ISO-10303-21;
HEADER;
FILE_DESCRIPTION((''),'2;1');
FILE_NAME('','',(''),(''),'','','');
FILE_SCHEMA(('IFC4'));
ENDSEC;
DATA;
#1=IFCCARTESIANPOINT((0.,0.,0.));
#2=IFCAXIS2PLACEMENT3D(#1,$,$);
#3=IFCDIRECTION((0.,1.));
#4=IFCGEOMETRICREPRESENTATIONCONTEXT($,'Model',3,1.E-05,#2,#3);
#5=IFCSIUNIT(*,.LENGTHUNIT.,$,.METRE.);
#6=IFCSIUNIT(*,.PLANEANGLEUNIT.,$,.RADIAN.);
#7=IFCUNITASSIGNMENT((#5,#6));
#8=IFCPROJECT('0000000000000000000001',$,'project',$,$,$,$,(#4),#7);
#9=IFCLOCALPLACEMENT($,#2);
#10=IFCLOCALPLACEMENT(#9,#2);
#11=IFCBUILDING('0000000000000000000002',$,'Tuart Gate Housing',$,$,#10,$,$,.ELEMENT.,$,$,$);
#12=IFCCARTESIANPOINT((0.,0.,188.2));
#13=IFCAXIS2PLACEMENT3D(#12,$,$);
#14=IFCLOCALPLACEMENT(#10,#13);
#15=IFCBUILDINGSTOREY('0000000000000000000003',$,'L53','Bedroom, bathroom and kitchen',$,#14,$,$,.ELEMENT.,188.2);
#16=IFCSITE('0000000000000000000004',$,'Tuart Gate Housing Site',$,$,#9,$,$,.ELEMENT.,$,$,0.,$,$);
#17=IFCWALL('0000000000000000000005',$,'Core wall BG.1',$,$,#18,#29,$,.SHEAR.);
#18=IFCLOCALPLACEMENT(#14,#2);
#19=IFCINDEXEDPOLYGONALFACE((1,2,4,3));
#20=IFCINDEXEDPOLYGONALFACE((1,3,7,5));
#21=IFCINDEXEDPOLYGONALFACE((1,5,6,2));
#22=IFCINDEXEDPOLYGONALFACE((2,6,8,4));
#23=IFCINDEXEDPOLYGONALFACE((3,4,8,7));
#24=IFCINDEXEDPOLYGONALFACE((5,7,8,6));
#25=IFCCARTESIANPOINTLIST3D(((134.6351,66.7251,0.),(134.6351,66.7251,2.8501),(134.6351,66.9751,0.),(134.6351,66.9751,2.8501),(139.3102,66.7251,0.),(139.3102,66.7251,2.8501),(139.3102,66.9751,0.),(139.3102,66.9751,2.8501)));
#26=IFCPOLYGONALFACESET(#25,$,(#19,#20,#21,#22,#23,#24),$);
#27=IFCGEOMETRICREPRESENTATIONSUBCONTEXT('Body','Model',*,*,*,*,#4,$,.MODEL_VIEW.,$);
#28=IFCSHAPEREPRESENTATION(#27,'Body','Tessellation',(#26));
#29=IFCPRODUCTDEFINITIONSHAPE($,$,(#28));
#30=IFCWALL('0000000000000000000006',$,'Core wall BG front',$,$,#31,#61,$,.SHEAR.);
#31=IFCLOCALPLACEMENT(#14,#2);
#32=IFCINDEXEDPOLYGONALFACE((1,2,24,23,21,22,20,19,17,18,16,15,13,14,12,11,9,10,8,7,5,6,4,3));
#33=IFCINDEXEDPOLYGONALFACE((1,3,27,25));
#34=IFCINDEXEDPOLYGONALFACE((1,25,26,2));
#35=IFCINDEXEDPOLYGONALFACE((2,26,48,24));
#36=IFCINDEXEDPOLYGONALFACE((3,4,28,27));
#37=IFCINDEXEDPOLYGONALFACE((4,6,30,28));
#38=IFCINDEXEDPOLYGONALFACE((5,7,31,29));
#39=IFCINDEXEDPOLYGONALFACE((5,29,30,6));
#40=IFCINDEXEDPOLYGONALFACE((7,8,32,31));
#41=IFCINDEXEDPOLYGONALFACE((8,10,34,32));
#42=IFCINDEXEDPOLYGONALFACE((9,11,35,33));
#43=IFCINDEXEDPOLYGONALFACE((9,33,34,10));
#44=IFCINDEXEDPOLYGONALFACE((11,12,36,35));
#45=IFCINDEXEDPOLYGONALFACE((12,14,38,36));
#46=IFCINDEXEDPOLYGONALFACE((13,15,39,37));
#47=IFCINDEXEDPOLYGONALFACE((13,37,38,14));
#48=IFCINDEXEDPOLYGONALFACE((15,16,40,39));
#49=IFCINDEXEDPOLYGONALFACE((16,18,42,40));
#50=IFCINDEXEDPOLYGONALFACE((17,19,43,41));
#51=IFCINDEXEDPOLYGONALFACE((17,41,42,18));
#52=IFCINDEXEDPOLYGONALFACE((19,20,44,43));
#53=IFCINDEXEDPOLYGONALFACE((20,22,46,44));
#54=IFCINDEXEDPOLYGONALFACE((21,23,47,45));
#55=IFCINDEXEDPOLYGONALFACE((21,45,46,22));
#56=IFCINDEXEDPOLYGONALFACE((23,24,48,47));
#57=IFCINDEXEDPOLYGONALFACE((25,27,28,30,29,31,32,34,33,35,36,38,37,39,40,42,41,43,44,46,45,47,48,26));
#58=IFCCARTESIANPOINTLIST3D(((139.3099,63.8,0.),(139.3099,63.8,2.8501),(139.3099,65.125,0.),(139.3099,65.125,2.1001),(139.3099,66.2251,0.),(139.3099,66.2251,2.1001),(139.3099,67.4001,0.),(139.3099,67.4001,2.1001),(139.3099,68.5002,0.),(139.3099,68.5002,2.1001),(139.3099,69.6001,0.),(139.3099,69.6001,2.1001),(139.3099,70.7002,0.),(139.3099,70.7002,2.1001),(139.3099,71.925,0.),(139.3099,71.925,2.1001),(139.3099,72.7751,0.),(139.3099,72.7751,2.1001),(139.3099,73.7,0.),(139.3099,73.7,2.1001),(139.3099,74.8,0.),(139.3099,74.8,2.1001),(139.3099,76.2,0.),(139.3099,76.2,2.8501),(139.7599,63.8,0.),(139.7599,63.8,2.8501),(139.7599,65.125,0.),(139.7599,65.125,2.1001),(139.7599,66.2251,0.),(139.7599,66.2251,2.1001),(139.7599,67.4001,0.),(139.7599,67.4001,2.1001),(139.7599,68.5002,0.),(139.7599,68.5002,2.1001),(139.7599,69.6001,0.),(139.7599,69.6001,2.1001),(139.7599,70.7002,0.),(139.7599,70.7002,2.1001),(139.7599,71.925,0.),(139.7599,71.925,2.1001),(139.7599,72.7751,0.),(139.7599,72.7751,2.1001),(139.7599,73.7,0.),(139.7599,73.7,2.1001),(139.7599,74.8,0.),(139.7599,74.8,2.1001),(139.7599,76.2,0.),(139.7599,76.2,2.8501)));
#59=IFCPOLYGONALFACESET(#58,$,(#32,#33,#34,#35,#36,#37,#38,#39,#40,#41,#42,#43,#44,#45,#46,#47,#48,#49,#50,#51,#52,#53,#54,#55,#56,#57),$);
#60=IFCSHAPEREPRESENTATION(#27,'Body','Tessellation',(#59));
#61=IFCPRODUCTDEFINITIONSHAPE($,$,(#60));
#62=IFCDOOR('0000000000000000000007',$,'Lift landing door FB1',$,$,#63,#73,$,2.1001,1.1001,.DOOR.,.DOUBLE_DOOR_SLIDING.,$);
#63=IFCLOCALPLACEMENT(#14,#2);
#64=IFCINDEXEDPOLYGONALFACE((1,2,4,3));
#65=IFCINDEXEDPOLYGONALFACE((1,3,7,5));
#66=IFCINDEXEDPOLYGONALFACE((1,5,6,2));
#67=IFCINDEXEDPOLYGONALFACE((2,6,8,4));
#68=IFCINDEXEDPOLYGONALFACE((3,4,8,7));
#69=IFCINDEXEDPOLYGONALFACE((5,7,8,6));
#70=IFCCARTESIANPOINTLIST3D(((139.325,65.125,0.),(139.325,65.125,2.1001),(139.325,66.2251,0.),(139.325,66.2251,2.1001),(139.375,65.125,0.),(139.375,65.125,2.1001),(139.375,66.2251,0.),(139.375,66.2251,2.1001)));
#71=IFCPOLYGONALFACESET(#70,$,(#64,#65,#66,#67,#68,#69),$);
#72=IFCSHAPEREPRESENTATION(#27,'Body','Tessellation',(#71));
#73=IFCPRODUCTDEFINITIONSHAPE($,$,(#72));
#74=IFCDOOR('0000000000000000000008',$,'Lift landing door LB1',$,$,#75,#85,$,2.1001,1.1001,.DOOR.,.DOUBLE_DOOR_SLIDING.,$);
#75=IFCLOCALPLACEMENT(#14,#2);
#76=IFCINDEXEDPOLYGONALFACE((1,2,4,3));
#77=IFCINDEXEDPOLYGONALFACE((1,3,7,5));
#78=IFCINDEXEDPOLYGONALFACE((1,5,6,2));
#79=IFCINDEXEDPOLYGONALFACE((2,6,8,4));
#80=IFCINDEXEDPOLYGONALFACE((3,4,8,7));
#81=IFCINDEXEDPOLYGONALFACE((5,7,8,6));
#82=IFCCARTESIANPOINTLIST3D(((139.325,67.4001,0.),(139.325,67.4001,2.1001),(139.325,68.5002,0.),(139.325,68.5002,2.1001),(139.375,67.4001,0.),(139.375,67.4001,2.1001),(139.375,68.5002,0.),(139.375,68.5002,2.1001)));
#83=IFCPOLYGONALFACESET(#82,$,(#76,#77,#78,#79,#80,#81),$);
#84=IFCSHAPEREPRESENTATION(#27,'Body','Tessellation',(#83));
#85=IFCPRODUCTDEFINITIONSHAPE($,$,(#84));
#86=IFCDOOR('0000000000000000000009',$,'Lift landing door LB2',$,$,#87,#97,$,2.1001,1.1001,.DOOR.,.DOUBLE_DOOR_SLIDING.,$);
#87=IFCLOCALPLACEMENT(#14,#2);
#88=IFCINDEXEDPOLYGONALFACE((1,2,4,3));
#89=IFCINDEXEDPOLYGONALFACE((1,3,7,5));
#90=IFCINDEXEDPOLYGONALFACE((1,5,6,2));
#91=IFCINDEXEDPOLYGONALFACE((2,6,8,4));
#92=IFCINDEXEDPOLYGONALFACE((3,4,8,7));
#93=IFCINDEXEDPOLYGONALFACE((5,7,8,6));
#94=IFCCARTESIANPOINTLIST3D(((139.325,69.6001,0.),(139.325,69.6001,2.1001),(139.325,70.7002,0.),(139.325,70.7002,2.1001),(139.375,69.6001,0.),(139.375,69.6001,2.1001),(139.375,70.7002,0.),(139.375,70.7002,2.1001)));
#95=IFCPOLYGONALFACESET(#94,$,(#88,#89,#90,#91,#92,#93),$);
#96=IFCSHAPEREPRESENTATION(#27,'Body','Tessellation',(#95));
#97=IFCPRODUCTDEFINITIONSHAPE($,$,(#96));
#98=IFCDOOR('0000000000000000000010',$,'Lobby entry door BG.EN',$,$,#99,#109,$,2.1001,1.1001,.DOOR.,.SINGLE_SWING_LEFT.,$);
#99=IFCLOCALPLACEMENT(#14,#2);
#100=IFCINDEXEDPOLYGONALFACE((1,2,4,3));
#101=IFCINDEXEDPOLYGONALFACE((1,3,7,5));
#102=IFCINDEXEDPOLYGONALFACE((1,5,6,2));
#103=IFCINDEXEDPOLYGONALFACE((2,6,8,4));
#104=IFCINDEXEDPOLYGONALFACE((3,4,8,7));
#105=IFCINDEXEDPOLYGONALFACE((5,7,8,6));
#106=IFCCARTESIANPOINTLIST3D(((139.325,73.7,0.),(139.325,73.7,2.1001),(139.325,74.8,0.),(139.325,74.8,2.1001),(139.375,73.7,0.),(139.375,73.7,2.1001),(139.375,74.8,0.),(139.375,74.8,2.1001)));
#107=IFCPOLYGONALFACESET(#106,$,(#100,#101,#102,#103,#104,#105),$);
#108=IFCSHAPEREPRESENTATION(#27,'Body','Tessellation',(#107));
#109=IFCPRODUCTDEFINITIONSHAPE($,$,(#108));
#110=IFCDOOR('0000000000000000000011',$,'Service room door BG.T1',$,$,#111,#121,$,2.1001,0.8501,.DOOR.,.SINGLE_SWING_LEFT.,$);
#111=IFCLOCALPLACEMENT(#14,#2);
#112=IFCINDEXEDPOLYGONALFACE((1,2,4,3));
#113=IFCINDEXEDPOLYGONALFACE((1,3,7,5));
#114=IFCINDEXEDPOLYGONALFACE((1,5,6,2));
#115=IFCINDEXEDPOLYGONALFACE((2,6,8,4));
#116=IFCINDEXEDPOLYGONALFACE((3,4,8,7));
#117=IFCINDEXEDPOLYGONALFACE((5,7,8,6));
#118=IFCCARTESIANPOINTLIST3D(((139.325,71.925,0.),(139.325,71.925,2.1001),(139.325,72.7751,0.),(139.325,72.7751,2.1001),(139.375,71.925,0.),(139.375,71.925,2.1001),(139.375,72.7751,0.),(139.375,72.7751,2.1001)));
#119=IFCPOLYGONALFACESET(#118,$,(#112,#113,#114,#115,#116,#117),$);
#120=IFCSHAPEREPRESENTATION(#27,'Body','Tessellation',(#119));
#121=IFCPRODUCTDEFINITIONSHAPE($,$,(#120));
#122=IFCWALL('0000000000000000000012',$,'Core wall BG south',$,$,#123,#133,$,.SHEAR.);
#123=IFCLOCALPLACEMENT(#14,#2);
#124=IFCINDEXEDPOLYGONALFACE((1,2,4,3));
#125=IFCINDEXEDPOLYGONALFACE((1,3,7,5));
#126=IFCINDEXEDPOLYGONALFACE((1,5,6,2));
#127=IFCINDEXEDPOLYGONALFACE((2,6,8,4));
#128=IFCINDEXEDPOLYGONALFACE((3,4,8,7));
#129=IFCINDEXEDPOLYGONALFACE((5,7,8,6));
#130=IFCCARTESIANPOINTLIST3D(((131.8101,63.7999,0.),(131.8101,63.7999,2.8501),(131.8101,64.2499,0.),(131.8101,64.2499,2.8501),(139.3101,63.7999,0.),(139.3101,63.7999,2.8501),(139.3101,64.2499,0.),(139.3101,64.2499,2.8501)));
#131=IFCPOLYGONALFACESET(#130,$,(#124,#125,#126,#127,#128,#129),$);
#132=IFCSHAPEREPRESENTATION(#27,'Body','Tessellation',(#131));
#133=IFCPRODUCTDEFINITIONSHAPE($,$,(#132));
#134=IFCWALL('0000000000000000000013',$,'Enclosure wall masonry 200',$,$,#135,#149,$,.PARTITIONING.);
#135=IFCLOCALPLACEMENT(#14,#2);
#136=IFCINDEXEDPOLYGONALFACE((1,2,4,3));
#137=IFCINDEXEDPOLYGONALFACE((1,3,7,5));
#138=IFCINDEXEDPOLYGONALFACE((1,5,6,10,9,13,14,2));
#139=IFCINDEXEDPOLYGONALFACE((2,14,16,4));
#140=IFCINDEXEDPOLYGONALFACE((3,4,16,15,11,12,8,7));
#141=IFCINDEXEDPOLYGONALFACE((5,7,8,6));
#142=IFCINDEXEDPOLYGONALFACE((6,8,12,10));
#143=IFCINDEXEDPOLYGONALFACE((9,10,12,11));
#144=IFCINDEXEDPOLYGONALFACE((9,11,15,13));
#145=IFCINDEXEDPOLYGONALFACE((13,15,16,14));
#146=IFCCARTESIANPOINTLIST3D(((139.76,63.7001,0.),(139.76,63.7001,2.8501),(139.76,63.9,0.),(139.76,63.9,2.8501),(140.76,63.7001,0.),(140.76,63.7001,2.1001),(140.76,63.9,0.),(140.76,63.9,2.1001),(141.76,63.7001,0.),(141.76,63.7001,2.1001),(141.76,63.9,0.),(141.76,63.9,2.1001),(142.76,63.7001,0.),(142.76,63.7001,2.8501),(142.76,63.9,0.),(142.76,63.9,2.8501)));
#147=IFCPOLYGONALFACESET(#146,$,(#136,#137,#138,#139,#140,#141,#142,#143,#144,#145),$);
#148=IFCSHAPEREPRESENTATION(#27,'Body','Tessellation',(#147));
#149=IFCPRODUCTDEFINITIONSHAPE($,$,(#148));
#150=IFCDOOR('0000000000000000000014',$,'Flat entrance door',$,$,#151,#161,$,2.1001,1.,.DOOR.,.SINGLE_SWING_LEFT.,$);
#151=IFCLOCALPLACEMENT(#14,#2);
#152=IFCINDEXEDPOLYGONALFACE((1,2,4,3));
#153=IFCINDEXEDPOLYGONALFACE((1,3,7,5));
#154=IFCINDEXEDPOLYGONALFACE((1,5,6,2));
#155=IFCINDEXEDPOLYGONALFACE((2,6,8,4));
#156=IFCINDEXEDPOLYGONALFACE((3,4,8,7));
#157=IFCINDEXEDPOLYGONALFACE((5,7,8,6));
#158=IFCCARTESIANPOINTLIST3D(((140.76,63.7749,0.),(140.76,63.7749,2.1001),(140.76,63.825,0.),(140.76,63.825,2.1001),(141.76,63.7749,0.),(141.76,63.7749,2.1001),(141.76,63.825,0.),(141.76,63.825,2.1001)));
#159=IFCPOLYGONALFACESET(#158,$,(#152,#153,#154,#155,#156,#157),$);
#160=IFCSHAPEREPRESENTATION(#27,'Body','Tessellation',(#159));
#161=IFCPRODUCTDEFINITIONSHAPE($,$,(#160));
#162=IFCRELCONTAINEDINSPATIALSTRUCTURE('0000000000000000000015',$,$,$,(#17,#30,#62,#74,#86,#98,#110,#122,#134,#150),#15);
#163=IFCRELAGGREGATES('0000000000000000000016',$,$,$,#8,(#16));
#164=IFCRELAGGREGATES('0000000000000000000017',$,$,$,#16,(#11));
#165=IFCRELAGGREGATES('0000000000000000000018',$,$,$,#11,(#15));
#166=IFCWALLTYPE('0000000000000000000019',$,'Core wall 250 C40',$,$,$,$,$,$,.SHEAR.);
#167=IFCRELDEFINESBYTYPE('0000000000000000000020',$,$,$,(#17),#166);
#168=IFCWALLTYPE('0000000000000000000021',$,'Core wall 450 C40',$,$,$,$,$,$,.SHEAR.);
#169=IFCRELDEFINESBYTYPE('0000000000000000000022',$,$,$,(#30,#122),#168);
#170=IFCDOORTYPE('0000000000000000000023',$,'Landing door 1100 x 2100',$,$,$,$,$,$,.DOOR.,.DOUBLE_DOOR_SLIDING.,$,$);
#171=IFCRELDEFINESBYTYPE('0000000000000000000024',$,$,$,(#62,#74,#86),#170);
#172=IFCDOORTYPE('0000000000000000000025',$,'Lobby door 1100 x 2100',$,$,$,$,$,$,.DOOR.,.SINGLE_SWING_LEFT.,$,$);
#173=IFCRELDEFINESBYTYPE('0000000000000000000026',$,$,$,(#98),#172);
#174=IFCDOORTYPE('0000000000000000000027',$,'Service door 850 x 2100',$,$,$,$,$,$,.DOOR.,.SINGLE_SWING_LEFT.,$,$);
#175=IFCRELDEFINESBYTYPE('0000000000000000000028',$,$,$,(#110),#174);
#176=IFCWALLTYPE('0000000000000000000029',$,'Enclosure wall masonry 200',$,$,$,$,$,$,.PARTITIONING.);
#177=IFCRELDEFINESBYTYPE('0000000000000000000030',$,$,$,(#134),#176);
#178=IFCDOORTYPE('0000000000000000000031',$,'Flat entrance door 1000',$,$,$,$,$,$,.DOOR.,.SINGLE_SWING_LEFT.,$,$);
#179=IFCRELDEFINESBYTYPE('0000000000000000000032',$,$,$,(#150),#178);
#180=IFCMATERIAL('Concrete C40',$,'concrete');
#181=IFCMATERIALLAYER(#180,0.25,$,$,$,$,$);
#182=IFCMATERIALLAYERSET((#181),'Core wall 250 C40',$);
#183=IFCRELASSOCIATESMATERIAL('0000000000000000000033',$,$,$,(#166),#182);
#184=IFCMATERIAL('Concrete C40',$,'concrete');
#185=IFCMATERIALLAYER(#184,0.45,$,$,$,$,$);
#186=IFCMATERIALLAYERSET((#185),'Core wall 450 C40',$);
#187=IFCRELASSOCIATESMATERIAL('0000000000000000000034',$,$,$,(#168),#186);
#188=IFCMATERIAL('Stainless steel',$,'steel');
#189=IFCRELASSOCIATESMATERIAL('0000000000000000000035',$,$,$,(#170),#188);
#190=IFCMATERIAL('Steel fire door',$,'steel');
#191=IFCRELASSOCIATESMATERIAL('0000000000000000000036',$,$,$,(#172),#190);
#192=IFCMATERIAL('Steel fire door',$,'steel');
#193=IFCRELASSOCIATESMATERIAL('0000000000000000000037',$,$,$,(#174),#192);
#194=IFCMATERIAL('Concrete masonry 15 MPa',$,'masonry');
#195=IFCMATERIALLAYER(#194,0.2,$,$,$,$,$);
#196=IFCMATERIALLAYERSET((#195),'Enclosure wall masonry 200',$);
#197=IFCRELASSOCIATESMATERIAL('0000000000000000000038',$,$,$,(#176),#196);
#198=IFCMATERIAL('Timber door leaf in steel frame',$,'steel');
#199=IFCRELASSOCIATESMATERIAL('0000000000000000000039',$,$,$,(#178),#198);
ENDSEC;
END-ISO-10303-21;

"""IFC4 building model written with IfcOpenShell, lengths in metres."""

from ifc_helpers import new_model, si_unit, direction, frame, frame_2d, origin, place, context, subcontext, project, spatial, rectangle, extrude, material, layer, layer_set, type_object, element, fill, save


model = new_model("IFC4")

# Units and contexts
model_context = context("Model", 3, precision=1e-05, world=origin(), true_north=direction((0.0, 1.0)))
body_context = subcontext(model_context, "Body", "Model", "MODEL_VIEW")
ifc_project = project(units=[si_unit("LENGTHUNIT", "METRE"), si_unit("PLANEANGLEUNIT", "RADIAN")], contexts=[model_context])

# Site, building, storey
site_placement = place(None, origin())
site = spatial("IfcSite", under=ifc_project, at=site_placement, Name="Tuart Gate Housing Site", CompositionType="ELEMENT", RefElevation=0.0)
building_placement = place(site_placement, origin())
building = spatial("IfcBuilding", under=site, at=building_placement, Name="Tuart Gate Housing", CompositionType="ELEMENT")
storey_placement = place(building_placement, frame((0.0, 0.0, 188.2)))
storey = spatial("IfcBuildingStorey", under=building, at=storey_placement, Name="L53", Description="Bedroom, bathroom and kitchen", CompositionType="ELEMENT", Elevation=188.2)

# Wall
ifc_material_1 = material(Name="Concrete C40", Category="concrete")
ifc_layer_1 = layer(ifc_material_1, 0.25)
ifc_layer_set_1 = layer_set([ifc_layer_1], Name="Core wall 250 C40")
wall_type_1 = type_object("IfcWallType", Name="Core wall 250 C40", PredefinedType="SHEAR", material=ifc_layer_set_1)
wall_1_placement = place(storey_placement, frame((139.3101, 66.8501, 0.0), z_axis=(0.0, 0.0, 1.0), x_axis=(-1.0, 0.0, 0.0)))
element("IfcWall", 1, at=wall_1_placement, inside=storey, type_object=wall_type_1, Name="Core wall BG.1", PredefinedType="SHEAR", context=body_context, shape_type="SweptSolid", body=[
    extrude(rectangle(XDim=4.675, YDim=0.25, at=frame_2d((2.3374, 0.0))), origin(), (0.0, 0.0, 1.0), 2.8501),
])

# Wall, openings, doors
ifc_material_2 = material(Name="Concrete C40", Category="concrete")
ifc_layer_2 = layer(ifc_material_2, 0.45)
ifc_layer_set_2 = layer_set([ifc_layer_2], Name="Core wall 450 C40")
wall_type_2 = type_object("IfcWallType", Name="Core wall 450 C40", PredefinedType="SHEAR", material=ifc_layer_set_2)
wall_2_placement = place(storey_placement, frame((139.5349, 63.8, 0.0), z_axis=(0.0, 0.0, 1.0), x_axis=(0.0, 1.0, 0.0)))
wall_2 = element("IfcWall", 2, at=wall_2_placement, inside=storey, type_object=wall_type_2, Name="Core wall BG front", PredefinedType="SHEAR", context=body_context, shape_type="SweptSolid", body=[
    extrude(rectangle(XDim=12.3999, YDim=0.45, at=frame_2d((6.2, 0.0))), origin(), (0.0, 0.0, 1.0), 2.8501),
])
opening_1_placement = place(wall_2_placement, frame((1.325, 0.0, 0.0)))
opening_1 = element("IfcOpeningElement", 3, at=opening_1_placement, cuts=wall_2, PredefinedType="OPENING", context=body_context, shape_type="SweptSolid", body=[
    extrude(rectangle(XDim=1.1001, YDim=2.1001, at=frame_2d((0.55, 1.05))), frame((0.0, 0.2349, 0.0), z_axis=(0.0, -1.0, 0.0), x_axis=(1.0, 0.0, 0.0)), (0.0, 0.0, 1.0), 0.47),
])
opening_2_placement = place(wall_2_placement, frame((3.6001, 0.0, 0.0)))
opening_2 = element("IfcOpeningElement", 4, at=opening_2_placement, cuts=wall_2, PredefinedType="OPENING", context=body_context, shape_type="SweptSolid", body=[
    extrude(rectangle(XDim=1.1001, YDim=2.1001, at=frame_2d((0.55, 1.05))), frame((0.0, 0.2349, 0.0), z_axis=(0.0, -1.0, 0.0), x_axis=(1.0, 0.0, 0.0)), (0.0, 0.0, 1.0), 0.47),
])
opening_3_placement = place(wall_2_placement, frame((5.8, 0.0, 0.0)))
opening_3 = element("IfcOpeningElement", 5, at=opening_3_placement, cuts=wall_2, PredefinedType="OPENING", context=body_context, shape_type="SweptSolid", body=[
    extrude(rectangle(XDim=1.1001, YDim=2.1001, at=frame_2d((0.55, 1.05))), frame((0.0, 0.2349, 0.0), z_axis=(0.0, -1.0, 0.0), x_axis=(1.0, 0.0, 0.0)), (0.0, 0.0, 1.0), 0.47),
])
opening_4_placement = place(wall_2_placement, frame((9.8999, 0.0, 0.0)))
opening_4 = element("IfcOpeningElement", 6, at=opening_4_placement, cuts=wall_2, PredefinedType="OPENING", context=body_context, shape_type="SweptSolid", body=[
    extrude(rectangle(XDim=1.1001, YDim=2.1001, at=frame_2d((0.55, 1.05))), frame((0.0, 0.2349, 0.0), z_axis=(0.0, -1.0, 0.0), x_axis=(1.0, 0.0, 0.0)), (0.0, 0.0, 1.0), 0.47),
])
opening_5_placement = place(wall_2_placement, frame((8.125, 0.0, 0.0)))
opening_5 = element("IfcOpeningElement", 7, at=opening_5_placement, cuts=wall_2, PredefinedType="OPENING", context=body_context, shape_type="SweptSolid", body=[
    extrude(rectangle(XDim=0.8501, YDim=2.1001, at=frame_2d((0.425, 1.05))), frame((0.0, 0.2349, 0.0), z_axis=(0.0, -1.0, 0.0), x_axis=(1.0, 0.0, 0.0)), (0.0, 0.0, 1.0), 0.47),
])
ifc_material_3 = material(Name="Stainless steel", Category="steel")
door_type_1 = type_object("IfcDoorType", Name="Landing door 1100 x 2100", OperationType="DOUBLE_DOOR_SLIDING", PredefinedType="DOOR", material=ifc_material_3)
door_1_placement = place(opening_1_placement, origin())
door_1 = element("IfcDoor", 8, at=door_1_placement, inside=storey, type_object=door_type_1, Name="Lift landing door FB1", OperationType="DOUBLE_DOOR_SLIDING", OverallHeight=2.1001, OverallWidth=1.1001, PredefinedType="DOOR", context=body_context, shape_type="SweptSolid", body=[
    extrude(rectangle(XDim=1.1001, YDim=2.1001, at=frame_2d((0.55, 1.05))), frame((0.0, 0.21, 0.0), z_axis=(0.0, -1.0, 0.0), x_axis=(1.0, 0.0, 0.0)), (0.0, 0.0, 1.0), 0.05),
])
fill(opening_1, door_1)
door_2_placement = place(opening_2_placement, origin())
door_2 = element("IfcDoor", 9, at=door_2_placement, inside=storey, type_object=door_type_1, Name="Lift landing door LB1", OperationType="DOUBLE_DOOR_SLIDING", OverallHeight=2.1001, OverallWidth=1.1001, PredefinedType="DOOR", context=body_context, shape_type="SweptSolid", body=[
    extrude(rectangle(XDim=1.1001, YDim=2.1001, at=frame_2d((0.55, 1.05))), frame((0.0, 0.21, 0.0), z_axis=(0.0, -1.0, 0.0), x_axis=(1.0, 0.0, 0.0)), (0.0, 0.0, 1.0), 0.05),
])
fill(opening_2, door_2)
door_3_placement = place(opening_3_placement, origin())
door_3 = element("IfcDoor", 10, at=door_3_placement, inside=storey, type_object=door_type_1, Name="Lift landing door LB2", OperationType="DOUBLE_DOOR_SLIDING", OverallHeight=2.1001, OverallWidth=1.1001, PredefinedType="DOOR", context=body_context, shape_type="SweptSolid", body=[
    extrude(rectangle(XDim=1.1001, YDim=2.1001, at=frame_2d((0.55, 1.05))), frame((0.0, 0.21, 0.0), z_axis=(0.0, -1.0, 0.0), x_axis=(1.0, 0.0, 0.0)), (0.0, 0.0, 1.0), 0.05),
])
fill(opening_3, door_3)
ifc_material_4 = material(Name="Steel fire door", Category="steel")
door_type_2 = type_object("IfcDoorType", Name="Lobby door 1100 x 2100", OperationType="SINGLE_SWING_LEFT", PredefinedType="DOOR", material=ifc_material_4)
door_4_placement = place(opening_4_placement, origin())
door_4 = element("IfcDoor", 11, at=door_4_placement, inside=storey, type_object=door_type_2, Name="Lobby entry door BG.EN", OperationType="SINGLE_SWING_LEFT", OverallHeight=2.1001, OverallWidth=1.1001, PredefinedType="DOOR", context=body_context, shape_type="SweptSolid", body=[
    extrude(rectangle(XDim=1.1001, YDim=2.1001, at=frame_2d((0.55, 1.05))), frame((0.0, 0.21, 0.0), z_axis=(0.0, -1.0, 0.0), x_axis=(1.0, 0.0, 0.0)), (0.0, 0.0, 1.0), 0.05),
])
fill(opening_4, door_4)
ifc_material_5 = material(Name="Steel fire door", Category="steel")
door_type_3 = type_object("IfcDoorType", Name="Service door 850 x 2100", OperationType="SINGLE_SWING_LEFT", PredefinedType="DOOR", material=ifc_material_5)
door_5_placement = place(opening_5_placement, origin())
door_5 = element("IfcDoor", 12, at=door_5_placement, inside=storey, type_object=door_type_3, Name="Service room door BG.T1", OperationType="SINGLE_SWING_LEFT", OverallHeight=2.1001, OverallWidth=0.8501, PredefinedType="DOOR", context=body_context, shape_type="SweptSolid", body=[
    extrude(rectangle(XDim=0.8501, YDim=2.1001, at=frame_2d((0.425, 1.05))), frame((0.0, 0.21, 0.0), z_axis=(0.0, -1.0, 0.0), x_axis=(1.0, 0.0, 0.0)), (0.0, 0.0, 1.0), 0.05),
])
fill(opening_5, door_5)

# Wall
wall_3_placement = place(storey_placement, frame((139.3101, 64.0249, 0.0), z_axis=(0.0, 0.0, 1.0), x_axis=(-1.0, 0.0, 0.0)))
element("IfcWall", 13, at=wall_3_placement, inside=storey, type_object=wall_type_2, Name="Core wall BG south", PredefinedType="SHEAR", context=body_context, shape_type="SweptSolid", body=[
    extrude(rectangle(XDim=7.5, YDim=0.45, at=frame_2d((3.75, 0.0))), origin(), (0.0, 0.0, 1.0), 2.8501),
])

# Wall, opening, door
ifc_material_6 = material(Name="Concrete masonry 15 MPa", Category="masonry")
ifc_layer_3 = layer(ifc_material_6, 0.2)
ifc_layer_set_3 = layer_set([ifc_layer_3], Name="Enclosure wall masonry 200")
wall_type_3 = type_object("IfcWallType", Name="Enclosure wall masonry 200", PredefinedType="PARTITIONING", material=ifc_layer_set_3)
wall_4_placement = place(storey_placement, frame((139.76, 63.8, 0.0), z_axis=(0.0, 0.0, 1.0), x_axis=(1.0, 0.0, 0.0)))
wall_4 = element("IfcWall", 14, at=wall_4_placement, inside=storey, type_object=wall_type_3, Name="Enclosure wall masonry 200", PredefinedType="PARTITIONING", context=body_context, shape_type="SweptSolid", body=[
    extrude(rectangle(XDim=3.0, YDim=0.2, at=frame_2d((1.5, 0.0))), origin(), (0.0, 0.0, 1.0), 2.8501),
])
opening_6_placement = place(wall_4_placement, frame((1.0, 0.0, 0.0)))
opening_6 = element("IfcOpeningElement", 15, at=opening_6_placement, cuts=wall_4, PredefinedType="OPENING", context=body_context, shape_type="SweptSolid", body=[
    extrude(rectangle(XDim=1.0, YDim=2.1001, at=frame_2d((0.5, 1.05))), frame((0.0, 0.1099, 0.0), z_axis=(0.0, -1.0, 0.0), x_axis=(1.0, 0.0, 0.0)), (0.0, 0.0, 1.0), 0.22),
])
ifc_material_7 = material(Name="Timber door leaf in steel frame", Category="steel")
door_type_4 = type_object("IfcDoorType", Name="Flat entrance door 1000", OperationType="SINGLE_SWING_LEFT", PredefinedType="DOOR", material=ifc_material_7)
door_6_placement = place(opening_6_placement, frame((1.0, 0.0, 0.0), z_axis=(0.0, 0.0, 1.0), x_axis=(-1.0, 0.0, 0.0)))
door_6 = element("IfcDoor", 16, at=door_6_placement, inside=storey, type_object=door_type_4, Name="Flat entrance door", OperationType="SINGLE_SWING_LEFT", OverallHeight=2.1001, OverallWidth=1.0, PredefinedType="DOOR", context=body_context, shape_type="SweptSolid", body=[
    extrude(rectangle(XDim=1.0, YDim=2.1001, at=frame_2d((0.5, 1.05))), frame((0.0, 0.0251, 0.0), z_axis=(0.0, -1.0, 0.0), x_axis=(1.0, 0.0, 0.0)), (0.0, 0.0, 1.0), 0.05),
])
fill(opening_6, door_6)

save(model, "model.ifc")
